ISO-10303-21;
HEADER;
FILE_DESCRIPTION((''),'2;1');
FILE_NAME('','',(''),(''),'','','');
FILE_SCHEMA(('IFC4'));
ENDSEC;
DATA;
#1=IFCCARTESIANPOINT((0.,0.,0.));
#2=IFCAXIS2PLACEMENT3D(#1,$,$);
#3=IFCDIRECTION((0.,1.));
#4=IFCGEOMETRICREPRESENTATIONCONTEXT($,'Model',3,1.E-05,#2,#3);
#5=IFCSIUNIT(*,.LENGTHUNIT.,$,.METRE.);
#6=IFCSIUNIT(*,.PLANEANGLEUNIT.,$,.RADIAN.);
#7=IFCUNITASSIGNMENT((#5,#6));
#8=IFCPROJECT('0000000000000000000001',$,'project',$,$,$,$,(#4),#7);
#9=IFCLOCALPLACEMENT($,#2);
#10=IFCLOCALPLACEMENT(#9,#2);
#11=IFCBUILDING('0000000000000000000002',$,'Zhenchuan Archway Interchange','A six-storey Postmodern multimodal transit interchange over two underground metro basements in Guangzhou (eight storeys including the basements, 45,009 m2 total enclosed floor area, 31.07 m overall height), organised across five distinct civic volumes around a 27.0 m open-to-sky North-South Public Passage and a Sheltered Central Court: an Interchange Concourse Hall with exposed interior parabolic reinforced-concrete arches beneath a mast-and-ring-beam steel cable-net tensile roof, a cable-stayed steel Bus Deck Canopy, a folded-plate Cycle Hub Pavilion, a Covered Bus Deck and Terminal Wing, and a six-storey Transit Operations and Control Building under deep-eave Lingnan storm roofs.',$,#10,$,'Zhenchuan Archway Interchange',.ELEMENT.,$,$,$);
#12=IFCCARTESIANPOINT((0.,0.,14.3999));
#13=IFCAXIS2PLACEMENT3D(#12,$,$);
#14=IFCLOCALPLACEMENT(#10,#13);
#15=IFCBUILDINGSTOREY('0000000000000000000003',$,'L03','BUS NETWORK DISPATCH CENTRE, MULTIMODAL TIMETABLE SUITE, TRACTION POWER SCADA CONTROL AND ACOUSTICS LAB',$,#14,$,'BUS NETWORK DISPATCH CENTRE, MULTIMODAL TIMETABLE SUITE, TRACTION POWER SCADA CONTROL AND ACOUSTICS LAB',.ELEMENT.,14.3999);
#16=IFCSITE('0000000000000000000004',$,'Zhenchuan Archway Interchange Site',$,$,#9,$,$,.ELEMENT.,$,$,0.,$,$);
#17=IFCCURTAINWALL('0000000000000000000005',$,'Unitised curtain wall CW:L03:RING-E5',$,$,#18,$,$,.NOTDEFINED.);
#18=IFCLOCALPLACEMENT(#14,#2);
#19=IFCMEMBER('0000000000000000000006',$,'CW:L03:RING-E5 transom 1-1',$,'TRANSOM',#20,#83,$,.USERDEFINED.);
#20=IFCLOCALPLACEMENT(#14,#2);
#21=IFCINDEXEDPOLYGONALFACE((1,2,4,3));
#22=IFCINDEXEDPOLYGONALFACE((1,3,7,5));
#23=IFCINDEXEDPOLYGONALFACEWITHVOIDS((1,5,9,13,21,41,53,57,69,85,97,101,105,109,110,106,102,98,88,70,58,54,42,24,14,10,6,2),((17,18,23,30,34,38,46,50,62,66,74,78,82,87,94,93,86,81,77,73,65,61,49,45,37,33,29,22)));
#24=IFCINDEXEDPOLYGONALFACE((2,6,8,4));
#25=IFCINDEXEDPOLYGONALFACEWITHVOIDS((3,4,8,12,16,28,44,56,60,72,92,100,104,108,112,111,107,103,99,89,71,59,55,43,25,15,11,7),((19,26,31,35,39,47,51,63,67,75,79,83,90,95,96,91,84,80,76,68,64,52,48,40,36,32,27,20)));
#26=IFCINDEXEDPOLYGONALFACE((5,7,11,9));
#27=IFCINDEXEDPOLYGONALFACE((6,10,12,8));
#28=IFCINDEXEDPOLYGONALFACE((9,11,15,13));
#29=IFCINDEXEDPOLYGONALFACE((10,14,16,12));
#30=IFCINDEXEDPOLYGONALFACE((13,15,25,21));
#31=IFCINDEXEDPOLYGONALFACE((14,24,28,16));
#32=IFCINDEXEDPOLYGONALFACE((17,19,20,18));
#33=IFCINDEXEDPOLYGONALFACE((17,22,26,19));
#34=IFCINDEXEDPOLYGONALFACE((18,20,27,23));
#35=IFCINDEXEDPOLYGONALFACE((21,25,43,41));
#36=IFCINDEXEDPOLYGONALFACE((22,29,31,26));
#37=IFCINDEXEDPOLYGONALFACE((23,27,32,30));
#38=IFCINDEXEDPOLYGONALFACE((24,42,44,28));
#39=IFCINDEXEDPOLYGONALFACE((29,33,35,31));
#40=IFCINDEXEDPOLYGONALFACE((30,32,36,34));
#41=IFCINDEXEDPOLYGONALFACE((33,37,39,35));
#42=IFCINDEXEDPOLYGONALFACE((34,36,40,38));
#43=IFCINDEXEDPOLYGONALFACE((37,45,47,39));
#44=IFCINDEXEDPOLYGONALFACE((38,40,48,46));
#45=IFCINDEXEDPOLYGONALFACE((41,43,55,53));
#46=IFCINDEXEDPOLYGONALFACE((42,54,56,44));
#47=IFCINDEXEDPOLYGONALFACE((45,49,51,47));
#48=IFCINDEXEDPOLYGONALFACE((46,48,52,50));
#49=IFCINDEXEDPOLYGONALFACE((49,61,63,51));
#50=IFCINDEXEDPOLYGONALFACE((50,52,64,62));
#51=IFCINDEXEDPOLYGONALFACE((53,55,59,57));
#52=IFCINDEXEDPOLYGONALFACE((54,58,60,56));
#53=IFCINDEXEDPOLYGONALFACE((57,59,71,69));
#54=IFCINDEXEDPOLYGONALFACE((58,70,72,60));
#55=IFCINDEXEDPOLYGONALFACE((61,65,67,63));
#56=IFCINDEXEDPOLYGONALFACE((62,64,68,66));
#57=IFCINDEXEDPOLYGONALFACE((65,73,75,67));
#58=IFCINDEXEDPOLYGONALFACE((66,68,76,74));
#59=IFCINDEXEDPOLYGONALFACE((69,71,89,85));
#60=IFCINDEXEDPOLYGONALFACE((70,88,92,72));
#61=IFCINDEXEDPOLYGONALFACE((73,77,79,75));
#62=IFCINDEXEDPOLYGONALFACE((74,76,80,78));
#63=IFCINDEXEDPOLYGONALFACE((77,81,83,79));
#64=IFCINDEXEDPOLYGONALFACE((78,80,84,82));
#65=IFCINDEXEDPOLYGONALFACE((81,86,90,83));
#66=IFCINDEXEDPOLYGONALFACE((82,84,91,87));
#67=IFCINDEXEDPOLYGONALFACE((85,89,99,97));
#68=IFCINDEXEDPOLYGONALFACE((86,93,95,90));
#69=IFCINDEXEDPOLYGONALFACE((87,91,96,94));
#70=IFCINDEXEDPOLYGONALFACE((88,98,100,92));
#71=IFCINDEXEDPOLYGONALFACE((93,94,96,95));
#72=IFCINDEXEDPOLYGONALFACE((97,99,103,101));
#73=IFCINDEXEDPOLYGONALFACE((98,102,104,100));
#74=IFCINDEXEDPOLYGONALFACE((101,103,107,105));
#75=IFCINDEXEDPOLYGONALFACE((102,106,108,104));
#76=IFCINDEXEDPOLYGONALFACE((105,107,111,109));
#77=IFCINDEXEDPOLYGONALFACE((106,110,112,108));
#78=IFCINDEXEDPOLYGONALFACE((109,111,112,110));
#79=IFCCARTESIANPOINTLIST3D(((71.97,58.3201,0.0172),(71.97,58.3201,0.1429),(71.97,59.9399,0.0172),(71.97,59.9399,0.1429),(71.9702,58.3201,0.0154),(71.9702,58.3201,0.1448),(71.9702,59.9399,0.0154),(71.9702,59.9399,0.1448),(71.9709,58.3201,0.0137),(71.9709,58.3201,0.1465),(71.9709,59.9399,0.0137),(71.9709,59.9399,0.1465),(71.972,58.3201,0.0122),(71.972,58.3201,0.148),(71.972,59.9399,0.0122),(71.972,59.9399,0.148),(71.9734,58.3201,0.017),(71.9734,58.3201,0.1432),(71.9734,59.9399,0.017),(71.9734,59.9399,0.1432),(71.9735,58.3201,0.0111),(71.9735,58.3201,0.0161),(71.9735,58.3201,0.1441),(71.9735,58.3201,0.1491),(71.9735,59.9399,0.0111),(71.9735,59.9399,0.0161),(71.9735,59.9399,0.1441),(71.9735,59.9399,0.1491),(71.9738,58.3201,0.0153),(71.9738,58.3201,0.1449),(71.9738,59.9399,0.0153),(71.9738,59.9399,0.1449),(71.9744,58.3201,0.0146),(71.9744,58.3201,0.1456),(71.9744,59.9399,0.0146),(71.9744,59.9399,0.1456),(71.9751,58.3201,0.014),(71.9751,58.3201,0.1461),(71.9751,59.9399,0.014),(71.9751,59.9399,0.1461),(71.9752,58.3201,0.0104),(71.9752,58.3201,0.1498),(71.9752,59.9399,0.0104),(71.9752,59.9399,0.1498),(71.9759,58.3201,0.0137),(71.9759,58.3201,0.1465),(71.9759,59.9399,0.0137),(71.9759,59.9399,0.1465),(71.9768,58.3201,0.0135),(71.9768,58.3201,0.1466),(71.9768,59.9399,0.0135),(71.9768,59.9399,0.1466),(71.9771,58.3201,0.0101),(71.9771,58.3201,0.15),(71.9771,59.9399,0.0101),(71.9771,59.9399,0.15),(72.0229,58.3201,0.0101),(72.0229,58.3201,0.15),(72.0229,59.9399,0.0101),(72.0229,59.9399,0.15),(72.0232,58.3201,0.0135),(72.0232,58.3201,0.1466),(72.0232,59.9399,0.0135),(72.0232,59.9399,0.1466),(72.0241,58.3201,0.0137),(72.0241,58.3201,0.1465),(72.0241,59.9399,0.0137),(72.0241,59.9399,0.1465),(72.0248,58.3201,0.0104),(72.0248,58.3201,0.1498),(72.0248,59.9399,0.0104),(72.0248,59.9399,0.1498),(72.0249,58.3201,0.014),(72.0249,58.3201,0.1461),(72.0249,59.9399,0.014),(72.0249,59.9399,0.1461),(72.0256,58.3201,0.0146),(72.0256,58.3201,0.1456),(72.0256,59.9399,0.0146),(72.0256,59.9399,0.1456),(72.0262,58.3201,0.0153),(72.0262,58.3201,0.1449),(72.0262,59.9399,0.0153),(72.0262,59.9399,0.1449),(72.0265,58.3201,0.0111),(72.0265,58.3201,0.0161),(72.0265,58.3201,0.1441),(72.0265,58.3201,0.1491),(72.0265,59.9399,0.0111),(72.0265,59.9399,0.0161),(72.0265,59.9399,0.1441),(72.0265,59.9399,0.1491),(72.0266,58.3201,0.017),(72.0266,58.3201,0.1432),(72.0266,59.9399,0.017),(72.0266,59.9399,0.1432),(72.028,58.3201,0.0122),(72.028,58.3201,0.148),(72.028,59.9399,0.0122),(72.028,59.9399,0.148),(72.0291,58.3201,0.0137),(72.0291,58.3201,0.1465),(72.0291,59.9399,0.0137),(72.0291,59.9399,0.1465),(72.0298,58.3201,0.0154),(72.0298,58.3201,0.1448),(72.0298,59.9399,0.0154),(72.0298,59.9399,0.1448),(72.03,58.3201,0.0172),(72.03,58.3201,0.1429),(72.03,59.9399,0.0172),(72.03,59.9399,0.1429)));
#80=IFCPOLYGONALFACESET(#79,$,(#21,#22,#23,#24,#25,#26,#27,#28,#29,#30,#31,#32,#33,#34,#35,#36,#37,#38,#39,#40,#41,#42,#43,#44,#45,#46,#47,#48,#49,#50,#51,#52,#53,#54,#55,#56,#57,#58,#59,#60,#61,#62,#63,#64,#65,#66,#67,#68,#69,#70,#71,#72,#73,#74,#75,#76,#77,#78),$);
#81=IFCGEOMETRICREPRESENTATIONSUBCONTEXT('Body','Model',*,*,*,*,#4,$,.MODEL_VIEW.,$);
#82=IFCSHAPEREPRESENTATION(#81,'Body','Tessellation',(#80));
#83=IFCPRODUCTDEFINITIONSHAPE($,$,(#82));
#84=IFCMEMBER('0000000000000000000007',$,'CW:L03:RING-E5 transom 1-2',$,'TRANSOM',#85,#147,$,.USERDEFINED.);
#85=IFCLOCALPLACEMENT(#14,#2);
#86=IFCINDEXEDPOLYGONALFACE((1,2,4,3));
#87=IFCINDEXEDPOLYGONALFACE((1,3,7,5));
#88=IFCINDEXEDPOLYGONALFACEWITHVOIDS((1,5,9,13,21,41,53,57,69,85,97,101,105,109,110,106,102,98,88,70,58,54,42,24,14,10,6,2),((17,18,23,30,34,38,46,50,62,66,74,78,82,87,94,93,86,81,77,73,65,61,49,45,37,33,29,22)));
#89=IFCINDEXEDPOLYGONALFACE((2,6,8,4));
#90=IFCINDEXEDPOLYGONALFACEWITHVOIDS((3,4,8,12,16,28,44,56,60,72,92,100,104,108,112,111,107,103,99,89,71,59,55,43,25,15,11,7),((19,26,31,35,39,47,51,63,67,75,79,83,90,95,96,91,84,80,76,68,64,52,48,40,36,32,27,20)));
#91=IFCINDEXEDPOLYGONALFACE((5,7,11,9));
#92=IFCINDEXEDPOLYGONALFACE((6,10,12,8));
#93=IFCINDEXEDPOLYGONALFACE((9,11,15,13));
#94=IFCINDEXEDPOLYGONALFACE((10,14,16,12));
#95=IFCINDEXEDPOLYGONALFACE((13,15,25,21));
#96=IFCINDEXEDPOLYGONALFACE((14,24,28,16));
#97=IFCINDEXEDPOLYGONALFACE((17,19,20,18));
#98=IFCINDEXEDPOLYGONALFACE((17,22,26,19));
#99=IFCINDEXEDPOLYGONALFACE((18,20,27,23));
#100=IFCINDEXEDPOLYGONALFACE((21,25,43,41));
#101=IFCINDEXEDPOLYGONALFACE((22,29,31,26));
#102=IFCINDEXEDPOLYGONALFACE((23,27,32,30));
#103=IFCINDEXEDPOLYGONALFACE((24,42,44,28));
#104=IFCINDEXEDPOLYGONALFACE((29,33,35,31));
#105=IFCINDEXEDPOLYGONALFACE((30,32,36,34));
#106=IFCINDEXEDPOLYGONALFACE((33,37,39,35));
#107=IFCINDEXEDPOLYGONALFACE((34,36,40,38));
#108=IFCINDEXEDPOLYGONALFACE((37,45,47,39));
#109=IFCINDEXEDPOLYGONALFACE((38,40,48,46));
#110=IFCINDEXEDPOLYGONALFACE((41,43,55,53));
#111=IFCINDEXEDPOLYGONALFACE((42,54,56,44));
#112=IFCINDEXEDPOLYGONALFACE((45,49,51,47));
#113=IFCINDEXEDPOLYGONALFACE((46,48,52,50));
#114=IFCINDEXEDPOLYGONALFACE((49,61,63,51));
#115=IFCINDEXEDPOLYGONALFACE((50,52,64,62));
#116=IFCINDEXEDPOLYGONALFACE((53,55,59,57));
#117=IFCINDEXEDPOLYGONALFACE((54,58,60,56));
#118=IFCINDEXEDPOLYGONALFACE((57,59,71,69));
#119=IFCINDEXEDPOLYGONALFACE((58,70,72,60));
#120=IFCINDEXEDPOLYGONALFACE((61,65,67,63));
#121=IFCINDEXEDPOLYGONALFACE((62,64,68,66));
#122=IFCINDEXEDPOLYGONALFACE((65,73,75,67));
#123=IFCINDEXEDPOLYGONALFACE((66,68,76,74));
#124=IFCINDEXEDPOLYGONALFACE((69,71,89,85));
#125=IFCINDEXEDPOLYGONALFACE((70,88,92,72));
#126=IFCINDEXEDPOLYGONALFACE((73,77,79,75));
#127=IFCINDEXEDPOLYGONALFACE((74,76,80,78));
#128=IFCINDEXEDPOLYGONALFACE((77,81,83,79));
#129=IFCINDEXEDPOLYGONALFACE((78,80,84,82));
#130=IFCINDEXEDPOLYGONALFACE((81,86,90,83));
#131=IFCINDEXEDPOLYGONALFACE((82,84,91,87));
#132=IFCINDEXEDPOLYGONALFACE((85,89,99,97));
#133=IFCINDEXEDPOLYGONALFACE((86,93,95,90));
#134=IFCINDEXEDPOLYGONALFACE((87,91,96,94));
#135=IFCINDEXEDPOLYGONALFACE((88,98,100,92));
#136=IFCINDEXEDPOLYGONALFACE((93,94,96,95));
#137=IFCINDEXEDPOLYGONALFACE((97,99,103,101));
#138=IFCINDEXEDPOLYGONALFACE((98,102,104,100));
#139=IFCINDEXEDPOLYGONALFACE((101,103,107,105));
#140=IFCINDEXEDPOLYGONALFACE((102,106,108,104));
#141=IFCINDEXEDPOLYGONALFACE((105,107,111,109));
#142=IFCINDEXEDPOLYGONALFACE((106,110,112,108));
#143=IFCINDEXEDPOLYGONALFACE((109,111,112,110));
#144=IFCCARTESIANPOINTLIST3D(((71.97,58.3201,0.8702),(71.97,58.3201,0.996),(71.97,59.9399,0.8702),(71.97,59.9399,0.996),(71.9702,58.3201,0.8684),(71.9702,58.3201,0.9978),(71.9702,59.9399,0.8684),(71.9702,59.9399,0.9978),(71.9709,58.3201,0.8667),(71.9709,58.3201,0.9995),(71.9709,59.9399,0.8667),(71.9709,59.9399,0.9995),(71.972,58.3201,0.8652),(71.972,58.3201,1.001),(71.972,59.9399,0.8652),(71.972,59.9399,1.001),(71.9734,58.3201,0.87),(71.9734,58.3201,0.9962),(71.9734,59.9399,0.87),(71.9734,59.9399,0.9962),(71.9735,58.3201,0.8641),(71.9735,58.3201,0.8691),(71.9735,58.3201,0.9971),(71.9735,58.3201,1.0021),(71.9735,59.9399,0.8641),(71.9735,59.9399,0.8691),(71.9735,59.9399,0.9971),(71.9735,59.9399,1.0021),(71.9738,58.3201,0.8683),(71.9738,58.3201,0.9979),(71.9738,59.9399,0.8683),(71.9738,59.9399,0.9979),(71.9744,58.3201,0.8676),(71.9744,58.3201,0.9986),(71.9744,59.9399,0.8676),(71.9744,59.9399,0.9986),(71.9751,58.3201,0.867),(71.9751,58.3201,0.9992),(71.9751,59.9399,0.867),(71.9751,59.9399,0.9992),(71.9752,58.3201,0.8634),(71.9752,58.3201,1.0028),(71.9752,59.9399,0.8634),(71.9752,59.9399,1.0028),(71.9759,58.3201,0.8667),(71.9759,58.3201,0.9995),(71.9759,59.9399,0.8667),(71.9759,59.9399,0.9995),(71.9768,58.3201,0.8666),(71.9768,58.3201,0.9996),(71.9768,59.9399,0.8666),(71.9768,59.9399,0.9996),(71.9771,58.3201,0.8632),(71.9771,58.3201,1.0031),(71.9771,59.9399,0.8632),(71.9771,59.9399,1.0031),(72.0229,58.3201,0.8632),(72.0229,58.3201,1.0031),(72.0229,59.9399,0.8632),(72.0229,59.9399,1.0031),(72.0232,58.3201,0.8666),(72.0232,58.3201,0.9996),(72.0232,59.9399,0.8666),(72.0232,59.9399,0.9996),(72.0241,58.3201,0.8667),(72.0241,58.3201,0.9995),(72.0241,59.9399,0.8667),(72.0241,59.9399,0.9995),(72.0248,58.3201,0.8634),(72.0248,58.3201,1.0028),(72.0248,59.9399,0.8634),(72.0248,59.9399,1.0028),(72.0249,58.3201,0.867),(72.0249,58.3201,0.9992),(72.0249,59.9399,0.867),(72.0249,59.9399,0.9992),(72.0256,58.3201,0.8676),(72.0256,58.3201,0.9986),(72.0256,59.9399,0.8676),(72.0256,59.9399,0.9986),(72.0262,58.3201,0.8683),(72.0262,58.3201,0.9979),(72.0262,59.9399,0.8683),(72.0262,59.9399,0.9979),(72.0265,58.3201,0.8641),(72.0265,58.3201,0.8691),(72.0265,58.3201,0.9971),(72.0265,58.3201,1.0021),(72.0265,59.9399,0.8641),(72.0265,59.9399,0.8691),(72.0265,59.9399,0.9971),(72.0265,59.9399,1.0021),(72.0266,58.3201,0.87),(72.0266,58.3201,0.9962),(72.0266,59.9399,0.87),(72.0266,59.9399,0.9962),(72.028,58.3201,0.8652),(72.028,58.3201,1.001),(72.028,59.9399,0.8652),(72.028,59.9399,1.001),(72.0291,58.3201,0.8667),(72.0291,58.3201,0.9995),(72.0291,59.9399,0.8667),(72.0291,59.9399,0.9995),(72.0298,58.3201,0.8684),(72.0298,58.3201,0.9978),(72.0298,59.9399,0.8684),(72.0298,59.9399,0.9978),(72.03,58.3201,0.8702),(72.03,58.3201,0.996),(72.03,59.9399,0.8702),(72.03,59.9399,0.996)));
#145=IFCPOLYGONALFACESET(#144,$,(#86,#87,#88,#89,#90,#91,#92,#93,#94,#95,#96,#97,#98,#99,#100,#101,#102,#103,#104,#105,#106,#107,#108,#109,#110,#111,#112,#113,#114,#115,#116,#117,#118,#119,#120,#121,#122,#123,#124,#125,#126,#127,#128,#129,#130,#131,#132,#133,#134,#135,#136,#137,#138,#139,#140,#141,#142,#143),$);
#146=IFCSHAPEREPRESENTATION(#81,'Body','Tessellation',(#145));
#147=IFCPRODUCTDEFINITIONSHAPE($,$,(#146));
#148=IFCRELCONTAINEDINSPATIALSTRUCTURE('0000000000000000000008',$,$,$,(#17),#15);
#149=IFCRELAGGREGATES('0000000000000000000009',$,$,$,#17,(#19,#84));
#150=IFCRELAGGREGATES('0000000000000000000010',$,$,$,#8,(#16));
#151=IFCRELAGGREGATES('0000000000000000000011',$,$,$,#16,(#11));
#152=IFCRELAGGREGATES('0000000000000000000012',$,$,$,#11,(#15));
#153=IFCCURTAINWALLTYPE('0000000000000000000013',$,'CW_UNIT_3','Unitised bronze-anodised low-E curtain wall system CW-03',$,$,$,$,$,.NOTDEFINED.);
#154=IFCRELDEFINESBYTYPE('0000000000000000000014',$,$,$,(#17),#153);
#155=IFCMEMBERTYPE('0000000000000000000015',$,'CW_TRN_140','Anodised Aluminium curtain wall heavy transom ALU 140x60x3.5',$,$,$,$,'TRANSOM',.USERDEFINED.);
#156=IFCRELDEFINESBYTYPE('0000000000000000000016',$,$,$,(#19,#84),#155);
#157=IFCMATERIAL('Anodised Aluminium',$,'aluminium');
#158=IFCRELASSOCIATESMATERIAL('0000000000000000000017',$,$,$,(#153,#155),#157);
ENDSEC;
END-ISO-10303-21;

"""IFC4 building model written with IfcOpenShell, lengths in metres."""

from ifc_helpers import new_model, si_unit, direction, frame, origin, origin_2d, place, context, subcontext, project, spatial, hollow_rectangle, extrude, material, material_profile, profile_set, type_object, element, aggregate, save


model = new_model("IFC4")

# Units and contexts
model_context = context("Model", 3, precision=1e-05, world=origin(), true_north=direction((0.0, 1.0)))
body_context = subcontext(model_context, "Body", "Model", "MODEL_VIEW")
ifc_project = project(units=[si_unit("LENGTHUNIT", "METRE"), si_unit("PLANEANGLEUNIT", "RADIAN")], contexts=[model_context])

# Site, building, storey
site_placement = place(None, origin())
site = spatial("IfcSite", under=ifc_project, at=site_placement, Name="Zhenchuan Archway Interchange Site", CompositionType="ELEMENT", RefElevation=0.0)
building_placement = place(site_placement, origin())
building = spatial("IfcBuilding", under=site, at=building_placement, Name="Zhenchuan Archway Interchange", Description="A six-storey Postmodern multimodal transit interchange over two underground metro basements in Guangzhou (eight storeys including the basements, 45,009 m2 total enclosed floor area, 31.07 m overall height), organised across five distinct civic volumes around a 27.0 m open-to-sky North-South Public Passage and a Sheltered Central Court: an Interchange Concourse Hall with exposed interior parabolic reinforced-concrete arches beneath a mast-and-ring-beam steel cable-net tensile roof, a cable-stayed steel Bus Deck Canopy, a folded-plate Cycle Hub Pavilion, a Covered Bus Deck and Terminal Wing, and a six-storey Transit Operations and Control Building under deep-eave Lingnan storm roofs.", LongName="Zhenchuan Archway Interchange", CompositionType="ELEMENT")
storey_placement = place(building_placement, frame((0.0, 0.0, 14.3999)))
storey = spatial("IfcBuildingStorey", under=building, at=storey_placement, Name="L03", Description="BUS NETWORK DISPATCH CENTRE, MULTIMODAL TIMETABLE SUITE, TRACTION POWER SCADA CONTROL AND ACOUSTICS LAB", LongName="BUS NETWORK DISPATCH CENTRE, MULTIMODAL TIMETABLE SUITE, TRACTION POWER SCADA CONTROL AND ACOUSTICS LAB", CompositionType="ELEMENT", Elevation=14.3999)

# Curtain wall
ifc_material_1 = material(Name="Anodised Aluminium", Category="aluminium")
curtain_wall_type = type_object("IfcCurtainWallType", Name="CW_UNIT_3", Description="Unitised bronze-anodised low-E curtain wall system CW-03", PredefinedType="NOTDEFINED", material=ifc_material_1)
curtain_wall_1_placement = place(storey_placement, origin())
curtain_wall_1 = element("IfcCurtainWall", 1, at=curtain_wall_1_placement, inside=storey, type_object=curtain_wall_type, Name="Unitised curtain wall CW:L03:RING-E5", PredefinedType="NOTDEFINED")

# Members
ifc_material_profile_1 = material_profile(ifc_material_1, hollow_rectangle(XDim=0.0601, YDim=0.1399, WallThickness=0.0034, InnerFilletRadius=0.0034, OuterFilletRadius=0.0071, at=origin_2d()), Name="ALU 140x60x3.5")
ifc_profile_set_1 = profile_set([ifc_material_profile_1], Name="Anodised Aluminium")
member_type_1 = type_object("IfcMemberType", Name="CW_TRN_140", Description="Anodised Aluminium curtain wall heavy transom ALU 140x60x3.5", ElementType="TRANSOM", PredefinedType="USERDEFINED", material=ifc_profile_set_1)
member_1_placement = place(storey_placement, frame((72.0, 58.3201, 0.0801), z_axis=(0.0, 1.0, 0.0), x_axis=(-1.0, 0.0, 0.0)))
member_1 = element("IfcMember", 2, at=member_1_placement, type_object=member_type_1, Name="CW:L03:RING-E5 transom 1-1", ObjectType="TRANSOM", PredefinedType="USERDEFINED", context=body_context, shape_type="SweptSolid", body=[
    extrude(hollow_rectangle(XDim=0.0601, YDim=0.1399, WallThickness=0.0034, InnerFilletRadius=0.0034, OuterFilletRadius=0.0071, at=origin_2d()), origin(), (0.0, 0.0, 1.0), 1.6199),
])
member_2_placement = place(storey_placement, frame((72.0, 58.3201, 0.9331), z_axis=(0.0, 1.0, 0.0), x_axis=(-1.0, 0.0, 0.0)))
member_2 = element("IfcMember", 3, at=member_2_placement, type_object=member_type_1, Name="CW:L03:RING-E5 transom 1-2", ObjectType="TRANSOM", PredefinedType="USERDEFINED", context=body_context, shape_type="SweptSolid", body=[
    extrude(hollow_rectangle(XDim=0.0601, YDim=0.1399, WallThickness=0.0034, InnerFilletRadius=0.0034, OuterFilletRadius=0.0071, at=origin_2d()), origin(), (0.0, 0.0, 1.0), 1.6199),
])

aggregate(curtain_wall_1, [member_1, member_2])

save(model, "model.ifc")
